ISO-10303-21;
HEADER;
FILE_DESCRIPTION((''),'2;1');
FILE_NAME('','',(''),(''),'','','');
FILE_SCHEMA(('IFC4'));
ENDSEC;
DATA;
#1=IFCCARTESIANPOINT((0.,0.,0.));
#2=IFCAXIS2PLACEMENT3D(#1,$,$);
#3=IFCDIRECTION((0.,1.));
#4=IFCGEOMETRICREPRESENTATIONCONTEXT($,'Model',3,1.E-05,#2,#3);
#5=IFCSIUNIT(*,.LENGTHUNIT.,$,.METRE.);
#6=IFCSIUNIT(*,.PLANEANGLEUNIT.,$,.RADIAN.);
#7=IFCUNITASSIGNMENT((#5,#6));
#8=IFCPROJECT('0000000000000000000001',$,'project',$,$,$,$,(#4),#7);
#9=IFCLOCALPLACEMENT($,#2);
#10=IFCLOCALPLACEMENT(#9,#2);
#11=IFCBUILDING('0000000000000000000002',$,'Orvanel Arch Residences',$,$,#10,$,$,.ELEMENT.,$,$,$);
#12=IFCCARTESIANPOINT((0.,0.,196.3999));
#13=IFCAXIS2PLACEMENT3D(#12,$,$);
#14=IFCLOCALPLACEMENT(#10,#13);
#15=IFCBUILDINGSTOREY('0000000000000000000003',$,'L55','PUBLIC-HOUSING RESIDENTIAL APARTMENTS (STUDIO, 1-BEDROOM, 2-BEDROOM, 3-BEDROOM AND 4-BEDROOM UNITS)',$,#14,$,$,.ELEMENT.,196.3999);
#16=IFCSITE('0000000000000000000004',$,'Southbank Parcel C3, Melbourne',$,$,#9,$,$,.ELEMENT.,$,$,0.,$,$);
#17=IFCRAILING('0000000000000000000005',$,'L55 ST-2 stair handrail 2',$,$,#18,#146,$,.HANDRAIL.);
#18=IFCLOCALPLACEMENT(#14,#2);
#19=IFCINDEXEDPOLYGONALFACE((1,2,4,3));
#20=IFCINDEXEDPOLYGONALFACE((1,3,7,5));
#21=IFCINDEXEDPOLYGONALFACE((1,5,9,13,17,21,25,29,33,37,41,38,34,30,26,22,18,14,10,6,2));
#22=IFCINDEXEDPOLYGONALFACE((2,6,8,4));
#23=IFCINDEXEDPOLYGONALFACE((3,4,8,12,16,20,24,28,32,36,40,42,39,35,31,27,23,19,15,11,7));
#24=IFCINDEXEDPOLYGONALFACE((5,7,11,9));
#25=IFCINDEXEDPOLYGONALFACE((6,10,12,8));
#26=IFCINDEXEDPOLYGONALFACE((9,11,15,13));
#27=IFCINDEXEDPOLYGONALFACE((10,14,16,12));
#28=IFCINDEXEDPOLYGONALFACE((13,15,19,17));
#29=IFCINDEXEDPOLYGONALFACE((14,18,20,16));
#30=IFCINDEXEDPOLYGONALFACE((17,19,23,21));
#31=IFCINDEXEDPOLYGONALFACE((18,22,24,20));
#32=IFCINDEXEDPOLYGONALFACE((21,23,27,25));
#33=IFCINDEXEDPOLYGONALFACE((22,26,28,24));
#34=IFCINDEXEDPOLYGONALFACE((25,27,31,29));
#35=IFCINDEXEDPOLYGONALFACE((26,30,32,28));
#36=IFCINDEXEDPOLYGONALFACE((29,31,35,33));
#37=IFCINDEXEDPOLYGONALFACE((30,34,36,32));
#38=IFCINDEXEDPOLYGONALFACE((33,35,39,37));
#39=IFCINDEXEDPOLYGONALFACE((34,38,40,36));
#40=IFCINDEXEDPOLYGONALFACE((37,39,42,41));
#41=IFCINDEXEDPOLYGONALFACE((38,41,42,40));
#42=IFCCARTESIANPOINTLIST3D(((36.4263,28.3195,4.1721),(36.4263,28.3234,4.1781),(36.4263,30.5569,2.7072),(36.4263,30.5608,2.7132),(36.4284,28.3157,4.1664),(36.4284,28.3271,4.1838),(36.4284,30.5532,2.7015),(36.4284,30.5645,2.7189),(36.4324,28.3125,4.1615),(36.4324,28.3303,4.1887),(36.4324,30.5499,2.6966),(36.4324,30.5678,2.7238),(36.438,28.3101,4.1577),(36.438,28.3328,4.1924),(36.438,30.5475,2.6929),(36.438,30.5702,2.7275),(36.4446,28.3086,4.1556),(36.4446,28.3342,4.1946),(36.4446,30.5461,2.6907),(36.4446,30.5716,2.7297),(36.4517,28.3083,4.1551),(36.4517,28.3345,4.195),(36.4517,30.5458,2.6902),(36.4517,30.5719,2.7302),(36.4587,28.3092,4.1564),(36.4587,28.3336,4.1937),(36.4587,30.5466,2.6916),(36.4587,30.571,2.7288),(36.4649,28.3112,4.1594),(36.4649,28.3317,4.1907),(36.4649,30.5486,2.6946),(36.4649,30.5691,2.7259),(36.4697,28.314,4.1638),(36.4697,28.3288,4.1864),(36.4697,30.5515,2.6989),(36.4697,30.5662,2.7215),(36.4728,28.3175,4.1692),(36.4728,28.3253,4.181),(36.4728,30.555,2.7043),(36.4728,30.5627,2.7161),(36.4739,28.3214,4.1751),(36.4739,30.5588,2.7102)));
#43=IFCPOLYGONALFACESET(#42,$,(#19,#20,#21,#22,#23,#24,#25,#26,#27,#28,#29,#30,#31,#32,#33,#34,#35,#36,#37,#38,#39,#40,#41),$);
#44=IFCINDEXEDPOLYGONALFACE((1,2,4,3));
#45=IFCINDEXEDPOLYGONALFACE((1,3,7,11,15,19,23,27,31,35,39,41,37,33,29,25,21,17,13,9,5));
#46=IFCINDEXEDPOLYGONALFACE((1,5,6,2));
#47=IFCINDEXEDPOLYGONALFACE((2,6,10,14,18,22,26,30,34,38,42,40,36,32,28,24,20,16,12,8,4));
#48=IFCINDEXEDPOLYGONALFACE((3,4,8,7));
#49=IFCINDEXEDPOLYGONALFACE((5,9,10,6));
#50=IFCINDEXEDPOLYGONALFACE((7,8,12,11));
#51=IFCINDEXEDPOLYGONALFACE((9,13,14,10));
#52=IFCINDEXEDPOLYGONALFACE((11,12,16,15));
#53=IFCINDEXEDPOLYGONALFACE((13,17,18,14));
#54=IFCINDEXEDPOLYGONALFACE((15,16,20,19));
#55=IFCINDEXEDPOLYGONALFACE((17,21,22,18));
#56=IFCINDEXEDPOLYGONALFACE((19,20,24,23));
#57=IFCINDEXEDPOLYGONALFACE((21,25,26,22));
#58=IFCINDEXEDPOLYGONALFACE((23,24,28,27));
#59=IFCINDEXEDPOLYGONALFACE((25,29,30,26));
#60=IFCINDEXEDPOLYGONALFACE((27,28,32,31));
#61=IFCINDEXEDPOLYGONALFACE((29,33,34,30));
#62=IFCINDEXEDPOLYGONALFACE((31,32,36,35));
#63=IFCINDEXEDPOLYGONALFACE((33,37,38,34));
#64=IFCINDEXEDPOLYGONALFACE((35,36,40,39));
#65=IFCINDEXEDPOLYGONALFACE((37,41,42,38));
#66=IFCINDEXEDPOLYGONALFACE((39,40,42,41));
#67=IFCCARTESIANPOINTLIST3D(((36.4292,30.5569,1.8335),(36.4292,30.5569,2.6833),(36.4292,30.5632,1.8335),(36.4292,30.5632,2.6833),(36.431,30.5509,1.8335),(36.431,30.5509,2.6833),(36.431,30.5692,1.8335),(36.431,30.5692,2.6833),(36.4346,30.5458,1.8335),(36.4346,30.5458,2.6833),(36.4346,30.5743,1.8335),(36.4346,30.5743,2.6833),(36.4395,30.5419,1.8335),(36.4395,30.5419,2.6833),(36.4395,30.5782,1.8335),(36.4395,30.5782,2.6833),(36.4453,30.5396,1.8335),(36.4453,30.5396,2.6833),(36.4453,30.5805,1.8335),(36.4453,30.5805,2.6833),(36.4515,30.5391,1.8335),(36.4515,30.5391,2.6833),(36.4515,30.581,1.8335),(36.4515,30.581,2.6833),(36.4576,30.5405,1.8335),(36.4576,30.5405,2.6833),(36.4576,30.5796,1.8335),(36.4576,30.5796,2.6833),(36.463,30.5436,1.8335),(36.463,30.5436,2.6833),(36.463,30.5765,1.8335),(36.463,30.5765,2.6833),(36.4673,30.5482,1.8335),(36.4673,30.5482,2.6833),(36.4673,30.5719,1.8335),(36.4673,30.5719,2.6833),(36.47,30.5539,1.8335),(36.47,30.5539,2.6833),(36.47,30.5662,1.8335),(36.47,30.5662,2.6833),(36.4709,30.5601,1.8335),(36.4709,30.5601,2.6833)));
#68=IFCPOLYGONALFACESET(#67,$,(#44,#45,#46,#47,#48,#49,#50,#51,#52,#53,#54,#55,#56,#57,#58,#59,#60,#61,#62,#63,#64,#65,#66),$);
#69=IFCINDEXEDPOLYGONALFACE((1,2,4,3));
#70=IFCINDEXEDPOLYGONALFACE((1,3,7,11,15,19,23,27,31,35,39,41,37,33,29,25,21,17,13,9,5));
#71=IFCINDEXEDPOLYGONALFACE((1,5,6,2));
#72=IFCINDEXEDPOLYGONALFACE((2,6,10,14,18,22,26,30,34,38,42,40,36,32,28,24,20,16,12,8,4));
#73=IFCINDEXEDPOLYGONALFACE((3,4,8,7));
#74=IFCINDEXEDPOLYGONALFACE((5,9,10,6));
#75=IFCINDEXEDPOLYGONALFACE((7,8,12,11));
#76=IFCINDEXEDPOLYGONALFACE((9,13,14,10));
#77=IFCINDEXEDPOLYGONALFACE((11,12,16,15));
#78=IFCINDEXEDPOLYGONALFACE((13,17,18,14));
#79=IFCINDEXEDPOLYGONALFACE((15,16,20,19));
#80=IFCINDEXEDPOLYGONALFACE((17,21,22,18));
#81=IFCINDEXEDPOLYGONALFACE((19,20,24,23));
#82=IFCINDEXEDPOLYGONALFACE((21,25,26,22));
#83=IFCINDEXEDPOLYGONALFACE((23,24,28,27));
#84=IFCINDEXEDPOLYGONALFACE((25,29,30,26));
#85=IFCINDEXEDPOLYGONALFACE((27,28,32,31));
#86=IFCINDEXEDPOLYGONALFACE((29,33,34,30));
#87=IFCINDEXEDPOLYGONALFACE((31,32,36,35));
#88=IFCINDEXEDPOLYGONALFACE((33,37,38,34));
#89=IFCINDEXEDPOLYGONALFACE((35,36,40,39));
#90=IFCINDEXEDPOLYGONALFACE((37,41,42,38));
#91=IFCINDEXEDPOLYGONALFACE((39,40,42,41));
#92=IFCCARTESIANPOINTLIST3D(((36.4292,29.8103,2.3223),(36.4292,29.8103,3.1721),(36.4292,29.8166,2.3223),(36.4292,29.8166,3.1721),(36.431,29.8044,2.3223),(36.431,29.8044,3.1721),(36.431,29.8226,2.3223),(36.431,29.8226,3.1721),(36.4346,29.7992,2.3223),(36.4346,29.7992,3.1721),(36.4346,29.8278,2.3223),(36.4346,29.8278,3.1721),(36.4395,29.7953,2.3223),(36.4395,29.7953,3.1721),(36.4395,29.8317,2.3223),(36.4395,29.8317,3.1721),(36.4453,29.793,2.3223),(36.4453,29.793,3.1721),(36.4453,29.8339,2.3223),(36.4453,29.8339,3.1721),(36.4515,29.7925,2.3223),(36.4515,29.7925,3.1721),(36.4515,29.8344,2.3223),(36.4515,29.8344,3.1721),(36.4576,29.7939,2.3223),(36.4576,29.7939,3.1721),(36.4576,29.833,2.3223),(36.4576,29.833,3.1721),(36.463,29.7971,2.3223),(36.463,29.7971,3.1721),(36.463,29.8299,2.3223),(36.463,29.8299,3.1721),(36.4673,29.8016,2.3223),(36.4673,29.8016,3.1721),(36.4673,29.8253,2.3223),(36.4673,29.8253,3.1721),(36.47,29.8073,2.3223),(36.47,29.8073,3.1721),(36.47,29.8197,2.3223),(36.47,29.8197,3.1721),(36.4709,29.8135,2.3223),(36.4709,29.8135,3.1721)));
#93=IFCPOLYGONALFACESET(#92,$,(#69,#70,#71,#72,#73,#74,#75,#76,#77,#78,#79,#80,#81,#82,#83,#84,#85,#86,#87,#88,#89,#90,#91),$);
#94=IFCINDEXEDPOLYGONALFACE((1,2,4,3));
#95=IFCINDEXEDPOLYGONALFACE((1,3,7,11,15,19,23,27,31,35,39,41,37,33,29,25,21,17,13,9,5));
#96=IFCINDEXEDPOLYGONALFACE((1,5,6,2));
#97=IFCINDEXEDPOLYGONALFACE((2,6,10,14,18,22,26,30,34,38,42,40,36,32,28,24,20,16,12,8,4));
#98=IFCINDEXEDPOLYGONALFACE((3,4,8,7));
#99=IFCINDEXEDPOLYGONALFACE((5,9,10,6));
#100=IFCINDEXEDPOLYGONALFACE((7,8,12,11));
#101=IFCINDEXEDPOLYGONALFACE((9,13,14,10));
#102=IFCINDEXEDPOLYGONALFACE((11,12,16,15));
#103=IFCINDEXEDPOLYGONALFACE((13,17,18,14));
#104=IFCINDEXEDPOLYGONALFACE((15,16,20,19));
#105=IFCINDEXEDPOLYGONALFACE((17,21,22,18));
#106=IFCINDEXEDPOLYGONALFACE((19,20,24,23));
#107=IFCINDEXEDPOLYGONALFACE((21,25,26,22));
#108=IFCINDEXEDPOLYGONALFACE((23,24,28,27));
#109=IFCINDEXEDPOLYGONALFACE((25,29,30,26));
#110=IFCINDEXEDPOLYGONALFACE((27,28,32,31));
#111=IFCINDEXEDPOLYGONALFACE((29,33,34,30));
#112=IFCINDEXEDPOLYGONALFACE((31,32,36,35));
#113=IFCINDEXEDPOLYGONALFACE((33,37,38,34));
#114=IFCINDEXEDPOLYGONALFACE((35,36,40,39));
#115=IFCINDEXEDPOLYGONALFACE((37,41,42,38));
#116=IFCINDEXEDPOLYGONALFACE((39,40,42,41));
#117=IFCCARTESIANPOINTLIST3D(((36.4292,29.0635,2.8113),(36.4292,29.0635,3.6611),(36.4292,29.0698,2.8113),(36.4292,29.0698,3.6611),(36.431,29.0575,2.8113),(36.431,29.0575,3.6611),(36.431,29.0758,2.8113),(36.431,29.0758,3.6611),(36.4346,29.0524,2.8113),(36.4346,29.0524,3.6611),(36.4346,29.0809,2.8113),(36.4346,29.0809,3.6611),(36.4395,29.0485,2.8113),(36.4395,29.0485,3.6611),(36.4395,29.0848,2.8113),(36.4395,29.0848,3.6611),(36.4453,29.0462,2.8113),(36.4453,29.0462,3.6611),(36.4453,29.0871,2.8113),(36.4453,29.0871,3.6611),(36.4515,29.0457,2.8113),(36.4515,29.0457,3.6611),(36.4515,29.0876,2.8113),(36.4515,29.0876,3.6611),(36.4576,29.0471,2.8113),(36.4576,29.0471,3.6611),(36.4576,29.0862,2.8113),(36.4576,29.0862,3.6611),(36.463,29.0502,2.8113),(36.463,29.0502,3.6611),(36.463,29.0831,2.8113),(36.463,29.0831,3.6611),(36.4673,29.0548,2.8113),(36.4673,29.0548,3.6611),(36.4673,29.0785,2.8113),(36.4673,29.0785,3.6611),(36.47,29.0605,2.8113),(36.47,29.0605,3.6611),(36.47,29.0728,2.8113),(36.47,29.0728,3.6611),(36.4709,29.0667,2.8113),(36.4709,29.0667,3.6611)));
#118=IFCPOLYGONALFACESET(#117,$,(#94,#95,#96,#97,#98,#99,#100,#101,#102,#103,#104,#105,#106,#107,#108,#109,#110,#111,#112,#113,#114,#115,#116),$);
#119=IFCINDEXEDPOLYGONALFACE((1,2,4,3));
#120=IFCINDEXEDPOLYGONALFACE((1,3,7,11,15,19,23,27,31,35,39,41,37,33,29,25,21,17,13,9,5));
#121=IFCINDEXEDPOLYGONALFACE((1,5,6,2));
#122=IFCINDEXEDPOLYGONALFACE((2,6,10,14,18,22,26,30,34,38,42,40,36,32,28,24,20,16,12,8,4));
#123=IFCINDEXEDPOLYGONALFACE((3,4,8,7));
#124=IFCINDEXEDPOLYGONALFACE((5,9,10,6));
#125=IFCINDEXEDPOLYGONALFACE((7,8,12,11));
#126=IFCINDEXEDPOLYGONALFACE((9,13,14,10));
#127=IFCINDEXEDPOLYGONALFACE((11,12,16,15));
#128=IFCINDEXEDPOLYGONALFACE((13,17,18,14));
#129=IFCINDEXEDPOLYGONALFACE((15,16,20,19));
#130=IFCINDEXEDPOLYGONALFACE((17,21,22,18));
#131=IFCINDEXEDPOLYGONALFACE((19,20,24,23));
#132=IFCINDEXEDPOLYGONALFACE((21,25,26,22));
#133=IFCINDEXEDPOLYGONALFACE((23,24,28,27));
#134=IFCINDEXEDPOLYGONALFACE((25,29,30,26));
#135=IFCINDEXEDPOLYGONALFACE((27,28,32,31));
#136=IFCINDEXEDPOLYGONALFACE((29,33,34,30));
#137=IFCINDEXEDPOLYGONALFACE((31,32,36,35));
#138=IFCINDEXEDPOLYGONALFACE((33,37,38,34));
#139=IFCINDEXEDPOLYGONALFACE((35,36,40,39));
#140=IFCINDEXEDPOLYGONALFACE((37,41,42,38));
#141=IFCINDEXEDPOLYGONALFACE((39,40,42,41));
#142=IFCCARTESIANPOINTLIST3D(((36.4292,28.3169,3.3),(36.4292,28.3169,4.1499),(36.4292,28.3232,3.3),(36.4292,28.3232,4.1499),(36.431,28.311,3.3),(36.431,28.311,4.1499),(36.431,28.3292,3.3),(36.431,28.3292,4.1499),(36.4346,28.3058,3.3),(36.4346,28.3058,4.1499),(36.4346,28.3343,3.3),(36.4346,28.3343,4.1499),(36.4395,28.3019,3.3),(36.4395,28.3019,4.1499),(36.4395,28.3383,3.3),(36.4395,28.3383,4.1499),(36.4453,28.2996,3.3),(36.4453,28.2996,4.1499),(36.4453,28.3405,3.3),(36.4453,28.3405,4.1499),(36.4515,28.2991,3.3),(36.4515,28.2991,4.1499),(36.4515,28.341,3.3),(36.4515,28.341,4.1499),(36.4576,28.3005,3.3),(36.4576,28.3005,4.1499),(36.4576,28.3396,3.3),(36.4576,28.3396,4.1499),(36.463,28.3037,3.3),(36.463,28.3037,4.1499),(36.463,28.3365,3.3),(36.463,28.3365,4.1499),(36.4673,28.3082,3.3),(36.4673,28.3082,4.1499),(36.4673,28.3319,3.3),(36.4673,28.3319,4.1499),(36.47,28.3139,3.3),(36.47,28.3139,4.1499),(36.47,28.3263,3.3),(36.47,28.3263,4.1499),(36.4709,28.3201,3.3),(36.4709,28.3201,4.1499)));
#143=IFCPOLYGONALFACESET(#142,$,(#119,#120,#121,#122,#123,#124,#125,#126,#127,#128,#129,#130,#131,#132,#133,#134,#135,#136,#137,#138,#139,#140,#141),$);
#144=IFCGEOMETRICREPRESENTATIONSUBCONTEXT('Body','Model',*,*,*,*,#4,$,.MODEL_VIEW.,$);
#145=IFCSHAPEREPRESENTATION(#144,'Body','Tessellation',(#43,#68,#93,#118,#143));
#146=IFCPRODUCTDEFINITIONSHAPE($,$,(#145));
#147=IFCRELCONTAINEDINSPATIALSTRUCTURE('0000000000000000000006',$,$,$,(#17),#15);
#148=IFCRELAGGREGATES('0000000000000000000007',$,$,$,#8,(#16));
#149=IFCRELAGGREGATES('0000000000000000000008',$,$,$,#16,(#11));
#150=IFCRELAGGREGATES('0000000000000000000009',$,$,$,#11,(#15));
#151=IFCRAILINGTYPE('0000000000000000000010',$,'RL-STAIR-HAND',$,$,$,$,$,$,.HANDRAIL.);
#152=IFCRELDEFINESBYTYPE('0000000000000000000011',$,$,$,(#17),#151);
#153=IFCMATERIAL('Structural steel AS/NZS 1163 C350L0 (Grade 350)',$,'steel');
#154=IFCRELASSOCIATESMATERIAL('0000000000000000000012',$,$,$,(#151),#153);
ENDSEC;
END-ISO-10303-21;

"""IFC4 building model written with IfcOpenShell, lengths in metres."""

from ifc_helpers import new_model, si_unit, direction, frame, origin, origin_2d, place, context, subcontext, project, spatial, circle, extrude, material, type_object, element, save


model = new_model("IFC4")

# Units and contexts
model_context = context("Model", 3, precision=1e-05, world=origin(), true_north=direction((0.0, 1.0)))
body_context = subcontext(model_context, "Body", "Model", "MODEL_VIEW")
ifc_project = project(units=[si_unit("LENGTHUNIT", "METRE"), si_unit("PLANEANGLEUNIT", "RADIAN")], contexts=[model_context])

# Site, building, storey
site_placement = place(None, origin())
site = spatial("IfcSite", under=ifc_project, at=site_placement, Name="Southbank Parcel C3, Melbourne", CompositionType="ELEMENT", RefElevation=0.0)
building_placement = place(site_placement, origin())
building = spatial("IfcBuilding", under=site, at=building_placement, Name="Orvanel Arch Residences", CompositionType="ELEMENT")
storey_placement = place(building_placement, frame((0.0, 0.0, 196.3999)))
storey = spatial("IfcBuildingStorey", under=building, at=storey_placement, Name="L55", Description="PUBLIC-HOUSING RESIDENTIAL APARTMENTS (STUDIO, 1-BEDROOM, 2-BEDROOM, 3-BEDROOM AND 4-BEDROOM UNITS)", CompositionType="ELEMENT", Elevation=196.3999)

# Railing
ifc_material_1 = material(Name="Structural steel AS/NZS 1163 C350L0 (Grade 350)", Category="steel")
railing_type_1 = type_object("IfcRailingType", Name="RL-STAIR-HAND", PredefinedType="HANDRAIL", material=ifc_material_1)
railing_1_placement = place(storey_placement, frame((36.45, 30.5601, 1.8335)))
element("IfcRailing", 1, at=railing_1_placement, inside=storey, type_object=railing_type_1, Name="L55 ST-2 stair handrail 2", PredefinedType="HANDRAIL", context=body_context, shape_type="SweptSolid", body=[
    extrude(circle(Radius=0.0239, at=origin_2d()), frame((0.0, -0.0012, 0.8767), z_axis=(0.0, -0.836637, 0.547758), x_axis=(1.0, 0.0, 0.0)), (0.0, 0.0, 1.0), 2.6743),
    extrude(circle(Radius=0.021, at=origin_2d()), origin(), (0.0, 0.0, 1.0), 0.8499),
    extrude(circle(Radius=0.021, at=origin_2d()), frame((0.0, -0.7466, 0.4888)), (0.0, 0.0, 1.0), 0.8499),
    extrude(circle(Radius=0.021, at=origin_2d()), frame((0.0, -1.4934, 0.9778)), (0.0, 0.0, 1.0), 0.8499),
    extrude(circle(Radius=0.021, at=origin_2d()), frame((0.0, -2.24, 1.4666)), (0.0, 0.0, 1.0), 0.8499),
])

save(model, "model.ifc")
